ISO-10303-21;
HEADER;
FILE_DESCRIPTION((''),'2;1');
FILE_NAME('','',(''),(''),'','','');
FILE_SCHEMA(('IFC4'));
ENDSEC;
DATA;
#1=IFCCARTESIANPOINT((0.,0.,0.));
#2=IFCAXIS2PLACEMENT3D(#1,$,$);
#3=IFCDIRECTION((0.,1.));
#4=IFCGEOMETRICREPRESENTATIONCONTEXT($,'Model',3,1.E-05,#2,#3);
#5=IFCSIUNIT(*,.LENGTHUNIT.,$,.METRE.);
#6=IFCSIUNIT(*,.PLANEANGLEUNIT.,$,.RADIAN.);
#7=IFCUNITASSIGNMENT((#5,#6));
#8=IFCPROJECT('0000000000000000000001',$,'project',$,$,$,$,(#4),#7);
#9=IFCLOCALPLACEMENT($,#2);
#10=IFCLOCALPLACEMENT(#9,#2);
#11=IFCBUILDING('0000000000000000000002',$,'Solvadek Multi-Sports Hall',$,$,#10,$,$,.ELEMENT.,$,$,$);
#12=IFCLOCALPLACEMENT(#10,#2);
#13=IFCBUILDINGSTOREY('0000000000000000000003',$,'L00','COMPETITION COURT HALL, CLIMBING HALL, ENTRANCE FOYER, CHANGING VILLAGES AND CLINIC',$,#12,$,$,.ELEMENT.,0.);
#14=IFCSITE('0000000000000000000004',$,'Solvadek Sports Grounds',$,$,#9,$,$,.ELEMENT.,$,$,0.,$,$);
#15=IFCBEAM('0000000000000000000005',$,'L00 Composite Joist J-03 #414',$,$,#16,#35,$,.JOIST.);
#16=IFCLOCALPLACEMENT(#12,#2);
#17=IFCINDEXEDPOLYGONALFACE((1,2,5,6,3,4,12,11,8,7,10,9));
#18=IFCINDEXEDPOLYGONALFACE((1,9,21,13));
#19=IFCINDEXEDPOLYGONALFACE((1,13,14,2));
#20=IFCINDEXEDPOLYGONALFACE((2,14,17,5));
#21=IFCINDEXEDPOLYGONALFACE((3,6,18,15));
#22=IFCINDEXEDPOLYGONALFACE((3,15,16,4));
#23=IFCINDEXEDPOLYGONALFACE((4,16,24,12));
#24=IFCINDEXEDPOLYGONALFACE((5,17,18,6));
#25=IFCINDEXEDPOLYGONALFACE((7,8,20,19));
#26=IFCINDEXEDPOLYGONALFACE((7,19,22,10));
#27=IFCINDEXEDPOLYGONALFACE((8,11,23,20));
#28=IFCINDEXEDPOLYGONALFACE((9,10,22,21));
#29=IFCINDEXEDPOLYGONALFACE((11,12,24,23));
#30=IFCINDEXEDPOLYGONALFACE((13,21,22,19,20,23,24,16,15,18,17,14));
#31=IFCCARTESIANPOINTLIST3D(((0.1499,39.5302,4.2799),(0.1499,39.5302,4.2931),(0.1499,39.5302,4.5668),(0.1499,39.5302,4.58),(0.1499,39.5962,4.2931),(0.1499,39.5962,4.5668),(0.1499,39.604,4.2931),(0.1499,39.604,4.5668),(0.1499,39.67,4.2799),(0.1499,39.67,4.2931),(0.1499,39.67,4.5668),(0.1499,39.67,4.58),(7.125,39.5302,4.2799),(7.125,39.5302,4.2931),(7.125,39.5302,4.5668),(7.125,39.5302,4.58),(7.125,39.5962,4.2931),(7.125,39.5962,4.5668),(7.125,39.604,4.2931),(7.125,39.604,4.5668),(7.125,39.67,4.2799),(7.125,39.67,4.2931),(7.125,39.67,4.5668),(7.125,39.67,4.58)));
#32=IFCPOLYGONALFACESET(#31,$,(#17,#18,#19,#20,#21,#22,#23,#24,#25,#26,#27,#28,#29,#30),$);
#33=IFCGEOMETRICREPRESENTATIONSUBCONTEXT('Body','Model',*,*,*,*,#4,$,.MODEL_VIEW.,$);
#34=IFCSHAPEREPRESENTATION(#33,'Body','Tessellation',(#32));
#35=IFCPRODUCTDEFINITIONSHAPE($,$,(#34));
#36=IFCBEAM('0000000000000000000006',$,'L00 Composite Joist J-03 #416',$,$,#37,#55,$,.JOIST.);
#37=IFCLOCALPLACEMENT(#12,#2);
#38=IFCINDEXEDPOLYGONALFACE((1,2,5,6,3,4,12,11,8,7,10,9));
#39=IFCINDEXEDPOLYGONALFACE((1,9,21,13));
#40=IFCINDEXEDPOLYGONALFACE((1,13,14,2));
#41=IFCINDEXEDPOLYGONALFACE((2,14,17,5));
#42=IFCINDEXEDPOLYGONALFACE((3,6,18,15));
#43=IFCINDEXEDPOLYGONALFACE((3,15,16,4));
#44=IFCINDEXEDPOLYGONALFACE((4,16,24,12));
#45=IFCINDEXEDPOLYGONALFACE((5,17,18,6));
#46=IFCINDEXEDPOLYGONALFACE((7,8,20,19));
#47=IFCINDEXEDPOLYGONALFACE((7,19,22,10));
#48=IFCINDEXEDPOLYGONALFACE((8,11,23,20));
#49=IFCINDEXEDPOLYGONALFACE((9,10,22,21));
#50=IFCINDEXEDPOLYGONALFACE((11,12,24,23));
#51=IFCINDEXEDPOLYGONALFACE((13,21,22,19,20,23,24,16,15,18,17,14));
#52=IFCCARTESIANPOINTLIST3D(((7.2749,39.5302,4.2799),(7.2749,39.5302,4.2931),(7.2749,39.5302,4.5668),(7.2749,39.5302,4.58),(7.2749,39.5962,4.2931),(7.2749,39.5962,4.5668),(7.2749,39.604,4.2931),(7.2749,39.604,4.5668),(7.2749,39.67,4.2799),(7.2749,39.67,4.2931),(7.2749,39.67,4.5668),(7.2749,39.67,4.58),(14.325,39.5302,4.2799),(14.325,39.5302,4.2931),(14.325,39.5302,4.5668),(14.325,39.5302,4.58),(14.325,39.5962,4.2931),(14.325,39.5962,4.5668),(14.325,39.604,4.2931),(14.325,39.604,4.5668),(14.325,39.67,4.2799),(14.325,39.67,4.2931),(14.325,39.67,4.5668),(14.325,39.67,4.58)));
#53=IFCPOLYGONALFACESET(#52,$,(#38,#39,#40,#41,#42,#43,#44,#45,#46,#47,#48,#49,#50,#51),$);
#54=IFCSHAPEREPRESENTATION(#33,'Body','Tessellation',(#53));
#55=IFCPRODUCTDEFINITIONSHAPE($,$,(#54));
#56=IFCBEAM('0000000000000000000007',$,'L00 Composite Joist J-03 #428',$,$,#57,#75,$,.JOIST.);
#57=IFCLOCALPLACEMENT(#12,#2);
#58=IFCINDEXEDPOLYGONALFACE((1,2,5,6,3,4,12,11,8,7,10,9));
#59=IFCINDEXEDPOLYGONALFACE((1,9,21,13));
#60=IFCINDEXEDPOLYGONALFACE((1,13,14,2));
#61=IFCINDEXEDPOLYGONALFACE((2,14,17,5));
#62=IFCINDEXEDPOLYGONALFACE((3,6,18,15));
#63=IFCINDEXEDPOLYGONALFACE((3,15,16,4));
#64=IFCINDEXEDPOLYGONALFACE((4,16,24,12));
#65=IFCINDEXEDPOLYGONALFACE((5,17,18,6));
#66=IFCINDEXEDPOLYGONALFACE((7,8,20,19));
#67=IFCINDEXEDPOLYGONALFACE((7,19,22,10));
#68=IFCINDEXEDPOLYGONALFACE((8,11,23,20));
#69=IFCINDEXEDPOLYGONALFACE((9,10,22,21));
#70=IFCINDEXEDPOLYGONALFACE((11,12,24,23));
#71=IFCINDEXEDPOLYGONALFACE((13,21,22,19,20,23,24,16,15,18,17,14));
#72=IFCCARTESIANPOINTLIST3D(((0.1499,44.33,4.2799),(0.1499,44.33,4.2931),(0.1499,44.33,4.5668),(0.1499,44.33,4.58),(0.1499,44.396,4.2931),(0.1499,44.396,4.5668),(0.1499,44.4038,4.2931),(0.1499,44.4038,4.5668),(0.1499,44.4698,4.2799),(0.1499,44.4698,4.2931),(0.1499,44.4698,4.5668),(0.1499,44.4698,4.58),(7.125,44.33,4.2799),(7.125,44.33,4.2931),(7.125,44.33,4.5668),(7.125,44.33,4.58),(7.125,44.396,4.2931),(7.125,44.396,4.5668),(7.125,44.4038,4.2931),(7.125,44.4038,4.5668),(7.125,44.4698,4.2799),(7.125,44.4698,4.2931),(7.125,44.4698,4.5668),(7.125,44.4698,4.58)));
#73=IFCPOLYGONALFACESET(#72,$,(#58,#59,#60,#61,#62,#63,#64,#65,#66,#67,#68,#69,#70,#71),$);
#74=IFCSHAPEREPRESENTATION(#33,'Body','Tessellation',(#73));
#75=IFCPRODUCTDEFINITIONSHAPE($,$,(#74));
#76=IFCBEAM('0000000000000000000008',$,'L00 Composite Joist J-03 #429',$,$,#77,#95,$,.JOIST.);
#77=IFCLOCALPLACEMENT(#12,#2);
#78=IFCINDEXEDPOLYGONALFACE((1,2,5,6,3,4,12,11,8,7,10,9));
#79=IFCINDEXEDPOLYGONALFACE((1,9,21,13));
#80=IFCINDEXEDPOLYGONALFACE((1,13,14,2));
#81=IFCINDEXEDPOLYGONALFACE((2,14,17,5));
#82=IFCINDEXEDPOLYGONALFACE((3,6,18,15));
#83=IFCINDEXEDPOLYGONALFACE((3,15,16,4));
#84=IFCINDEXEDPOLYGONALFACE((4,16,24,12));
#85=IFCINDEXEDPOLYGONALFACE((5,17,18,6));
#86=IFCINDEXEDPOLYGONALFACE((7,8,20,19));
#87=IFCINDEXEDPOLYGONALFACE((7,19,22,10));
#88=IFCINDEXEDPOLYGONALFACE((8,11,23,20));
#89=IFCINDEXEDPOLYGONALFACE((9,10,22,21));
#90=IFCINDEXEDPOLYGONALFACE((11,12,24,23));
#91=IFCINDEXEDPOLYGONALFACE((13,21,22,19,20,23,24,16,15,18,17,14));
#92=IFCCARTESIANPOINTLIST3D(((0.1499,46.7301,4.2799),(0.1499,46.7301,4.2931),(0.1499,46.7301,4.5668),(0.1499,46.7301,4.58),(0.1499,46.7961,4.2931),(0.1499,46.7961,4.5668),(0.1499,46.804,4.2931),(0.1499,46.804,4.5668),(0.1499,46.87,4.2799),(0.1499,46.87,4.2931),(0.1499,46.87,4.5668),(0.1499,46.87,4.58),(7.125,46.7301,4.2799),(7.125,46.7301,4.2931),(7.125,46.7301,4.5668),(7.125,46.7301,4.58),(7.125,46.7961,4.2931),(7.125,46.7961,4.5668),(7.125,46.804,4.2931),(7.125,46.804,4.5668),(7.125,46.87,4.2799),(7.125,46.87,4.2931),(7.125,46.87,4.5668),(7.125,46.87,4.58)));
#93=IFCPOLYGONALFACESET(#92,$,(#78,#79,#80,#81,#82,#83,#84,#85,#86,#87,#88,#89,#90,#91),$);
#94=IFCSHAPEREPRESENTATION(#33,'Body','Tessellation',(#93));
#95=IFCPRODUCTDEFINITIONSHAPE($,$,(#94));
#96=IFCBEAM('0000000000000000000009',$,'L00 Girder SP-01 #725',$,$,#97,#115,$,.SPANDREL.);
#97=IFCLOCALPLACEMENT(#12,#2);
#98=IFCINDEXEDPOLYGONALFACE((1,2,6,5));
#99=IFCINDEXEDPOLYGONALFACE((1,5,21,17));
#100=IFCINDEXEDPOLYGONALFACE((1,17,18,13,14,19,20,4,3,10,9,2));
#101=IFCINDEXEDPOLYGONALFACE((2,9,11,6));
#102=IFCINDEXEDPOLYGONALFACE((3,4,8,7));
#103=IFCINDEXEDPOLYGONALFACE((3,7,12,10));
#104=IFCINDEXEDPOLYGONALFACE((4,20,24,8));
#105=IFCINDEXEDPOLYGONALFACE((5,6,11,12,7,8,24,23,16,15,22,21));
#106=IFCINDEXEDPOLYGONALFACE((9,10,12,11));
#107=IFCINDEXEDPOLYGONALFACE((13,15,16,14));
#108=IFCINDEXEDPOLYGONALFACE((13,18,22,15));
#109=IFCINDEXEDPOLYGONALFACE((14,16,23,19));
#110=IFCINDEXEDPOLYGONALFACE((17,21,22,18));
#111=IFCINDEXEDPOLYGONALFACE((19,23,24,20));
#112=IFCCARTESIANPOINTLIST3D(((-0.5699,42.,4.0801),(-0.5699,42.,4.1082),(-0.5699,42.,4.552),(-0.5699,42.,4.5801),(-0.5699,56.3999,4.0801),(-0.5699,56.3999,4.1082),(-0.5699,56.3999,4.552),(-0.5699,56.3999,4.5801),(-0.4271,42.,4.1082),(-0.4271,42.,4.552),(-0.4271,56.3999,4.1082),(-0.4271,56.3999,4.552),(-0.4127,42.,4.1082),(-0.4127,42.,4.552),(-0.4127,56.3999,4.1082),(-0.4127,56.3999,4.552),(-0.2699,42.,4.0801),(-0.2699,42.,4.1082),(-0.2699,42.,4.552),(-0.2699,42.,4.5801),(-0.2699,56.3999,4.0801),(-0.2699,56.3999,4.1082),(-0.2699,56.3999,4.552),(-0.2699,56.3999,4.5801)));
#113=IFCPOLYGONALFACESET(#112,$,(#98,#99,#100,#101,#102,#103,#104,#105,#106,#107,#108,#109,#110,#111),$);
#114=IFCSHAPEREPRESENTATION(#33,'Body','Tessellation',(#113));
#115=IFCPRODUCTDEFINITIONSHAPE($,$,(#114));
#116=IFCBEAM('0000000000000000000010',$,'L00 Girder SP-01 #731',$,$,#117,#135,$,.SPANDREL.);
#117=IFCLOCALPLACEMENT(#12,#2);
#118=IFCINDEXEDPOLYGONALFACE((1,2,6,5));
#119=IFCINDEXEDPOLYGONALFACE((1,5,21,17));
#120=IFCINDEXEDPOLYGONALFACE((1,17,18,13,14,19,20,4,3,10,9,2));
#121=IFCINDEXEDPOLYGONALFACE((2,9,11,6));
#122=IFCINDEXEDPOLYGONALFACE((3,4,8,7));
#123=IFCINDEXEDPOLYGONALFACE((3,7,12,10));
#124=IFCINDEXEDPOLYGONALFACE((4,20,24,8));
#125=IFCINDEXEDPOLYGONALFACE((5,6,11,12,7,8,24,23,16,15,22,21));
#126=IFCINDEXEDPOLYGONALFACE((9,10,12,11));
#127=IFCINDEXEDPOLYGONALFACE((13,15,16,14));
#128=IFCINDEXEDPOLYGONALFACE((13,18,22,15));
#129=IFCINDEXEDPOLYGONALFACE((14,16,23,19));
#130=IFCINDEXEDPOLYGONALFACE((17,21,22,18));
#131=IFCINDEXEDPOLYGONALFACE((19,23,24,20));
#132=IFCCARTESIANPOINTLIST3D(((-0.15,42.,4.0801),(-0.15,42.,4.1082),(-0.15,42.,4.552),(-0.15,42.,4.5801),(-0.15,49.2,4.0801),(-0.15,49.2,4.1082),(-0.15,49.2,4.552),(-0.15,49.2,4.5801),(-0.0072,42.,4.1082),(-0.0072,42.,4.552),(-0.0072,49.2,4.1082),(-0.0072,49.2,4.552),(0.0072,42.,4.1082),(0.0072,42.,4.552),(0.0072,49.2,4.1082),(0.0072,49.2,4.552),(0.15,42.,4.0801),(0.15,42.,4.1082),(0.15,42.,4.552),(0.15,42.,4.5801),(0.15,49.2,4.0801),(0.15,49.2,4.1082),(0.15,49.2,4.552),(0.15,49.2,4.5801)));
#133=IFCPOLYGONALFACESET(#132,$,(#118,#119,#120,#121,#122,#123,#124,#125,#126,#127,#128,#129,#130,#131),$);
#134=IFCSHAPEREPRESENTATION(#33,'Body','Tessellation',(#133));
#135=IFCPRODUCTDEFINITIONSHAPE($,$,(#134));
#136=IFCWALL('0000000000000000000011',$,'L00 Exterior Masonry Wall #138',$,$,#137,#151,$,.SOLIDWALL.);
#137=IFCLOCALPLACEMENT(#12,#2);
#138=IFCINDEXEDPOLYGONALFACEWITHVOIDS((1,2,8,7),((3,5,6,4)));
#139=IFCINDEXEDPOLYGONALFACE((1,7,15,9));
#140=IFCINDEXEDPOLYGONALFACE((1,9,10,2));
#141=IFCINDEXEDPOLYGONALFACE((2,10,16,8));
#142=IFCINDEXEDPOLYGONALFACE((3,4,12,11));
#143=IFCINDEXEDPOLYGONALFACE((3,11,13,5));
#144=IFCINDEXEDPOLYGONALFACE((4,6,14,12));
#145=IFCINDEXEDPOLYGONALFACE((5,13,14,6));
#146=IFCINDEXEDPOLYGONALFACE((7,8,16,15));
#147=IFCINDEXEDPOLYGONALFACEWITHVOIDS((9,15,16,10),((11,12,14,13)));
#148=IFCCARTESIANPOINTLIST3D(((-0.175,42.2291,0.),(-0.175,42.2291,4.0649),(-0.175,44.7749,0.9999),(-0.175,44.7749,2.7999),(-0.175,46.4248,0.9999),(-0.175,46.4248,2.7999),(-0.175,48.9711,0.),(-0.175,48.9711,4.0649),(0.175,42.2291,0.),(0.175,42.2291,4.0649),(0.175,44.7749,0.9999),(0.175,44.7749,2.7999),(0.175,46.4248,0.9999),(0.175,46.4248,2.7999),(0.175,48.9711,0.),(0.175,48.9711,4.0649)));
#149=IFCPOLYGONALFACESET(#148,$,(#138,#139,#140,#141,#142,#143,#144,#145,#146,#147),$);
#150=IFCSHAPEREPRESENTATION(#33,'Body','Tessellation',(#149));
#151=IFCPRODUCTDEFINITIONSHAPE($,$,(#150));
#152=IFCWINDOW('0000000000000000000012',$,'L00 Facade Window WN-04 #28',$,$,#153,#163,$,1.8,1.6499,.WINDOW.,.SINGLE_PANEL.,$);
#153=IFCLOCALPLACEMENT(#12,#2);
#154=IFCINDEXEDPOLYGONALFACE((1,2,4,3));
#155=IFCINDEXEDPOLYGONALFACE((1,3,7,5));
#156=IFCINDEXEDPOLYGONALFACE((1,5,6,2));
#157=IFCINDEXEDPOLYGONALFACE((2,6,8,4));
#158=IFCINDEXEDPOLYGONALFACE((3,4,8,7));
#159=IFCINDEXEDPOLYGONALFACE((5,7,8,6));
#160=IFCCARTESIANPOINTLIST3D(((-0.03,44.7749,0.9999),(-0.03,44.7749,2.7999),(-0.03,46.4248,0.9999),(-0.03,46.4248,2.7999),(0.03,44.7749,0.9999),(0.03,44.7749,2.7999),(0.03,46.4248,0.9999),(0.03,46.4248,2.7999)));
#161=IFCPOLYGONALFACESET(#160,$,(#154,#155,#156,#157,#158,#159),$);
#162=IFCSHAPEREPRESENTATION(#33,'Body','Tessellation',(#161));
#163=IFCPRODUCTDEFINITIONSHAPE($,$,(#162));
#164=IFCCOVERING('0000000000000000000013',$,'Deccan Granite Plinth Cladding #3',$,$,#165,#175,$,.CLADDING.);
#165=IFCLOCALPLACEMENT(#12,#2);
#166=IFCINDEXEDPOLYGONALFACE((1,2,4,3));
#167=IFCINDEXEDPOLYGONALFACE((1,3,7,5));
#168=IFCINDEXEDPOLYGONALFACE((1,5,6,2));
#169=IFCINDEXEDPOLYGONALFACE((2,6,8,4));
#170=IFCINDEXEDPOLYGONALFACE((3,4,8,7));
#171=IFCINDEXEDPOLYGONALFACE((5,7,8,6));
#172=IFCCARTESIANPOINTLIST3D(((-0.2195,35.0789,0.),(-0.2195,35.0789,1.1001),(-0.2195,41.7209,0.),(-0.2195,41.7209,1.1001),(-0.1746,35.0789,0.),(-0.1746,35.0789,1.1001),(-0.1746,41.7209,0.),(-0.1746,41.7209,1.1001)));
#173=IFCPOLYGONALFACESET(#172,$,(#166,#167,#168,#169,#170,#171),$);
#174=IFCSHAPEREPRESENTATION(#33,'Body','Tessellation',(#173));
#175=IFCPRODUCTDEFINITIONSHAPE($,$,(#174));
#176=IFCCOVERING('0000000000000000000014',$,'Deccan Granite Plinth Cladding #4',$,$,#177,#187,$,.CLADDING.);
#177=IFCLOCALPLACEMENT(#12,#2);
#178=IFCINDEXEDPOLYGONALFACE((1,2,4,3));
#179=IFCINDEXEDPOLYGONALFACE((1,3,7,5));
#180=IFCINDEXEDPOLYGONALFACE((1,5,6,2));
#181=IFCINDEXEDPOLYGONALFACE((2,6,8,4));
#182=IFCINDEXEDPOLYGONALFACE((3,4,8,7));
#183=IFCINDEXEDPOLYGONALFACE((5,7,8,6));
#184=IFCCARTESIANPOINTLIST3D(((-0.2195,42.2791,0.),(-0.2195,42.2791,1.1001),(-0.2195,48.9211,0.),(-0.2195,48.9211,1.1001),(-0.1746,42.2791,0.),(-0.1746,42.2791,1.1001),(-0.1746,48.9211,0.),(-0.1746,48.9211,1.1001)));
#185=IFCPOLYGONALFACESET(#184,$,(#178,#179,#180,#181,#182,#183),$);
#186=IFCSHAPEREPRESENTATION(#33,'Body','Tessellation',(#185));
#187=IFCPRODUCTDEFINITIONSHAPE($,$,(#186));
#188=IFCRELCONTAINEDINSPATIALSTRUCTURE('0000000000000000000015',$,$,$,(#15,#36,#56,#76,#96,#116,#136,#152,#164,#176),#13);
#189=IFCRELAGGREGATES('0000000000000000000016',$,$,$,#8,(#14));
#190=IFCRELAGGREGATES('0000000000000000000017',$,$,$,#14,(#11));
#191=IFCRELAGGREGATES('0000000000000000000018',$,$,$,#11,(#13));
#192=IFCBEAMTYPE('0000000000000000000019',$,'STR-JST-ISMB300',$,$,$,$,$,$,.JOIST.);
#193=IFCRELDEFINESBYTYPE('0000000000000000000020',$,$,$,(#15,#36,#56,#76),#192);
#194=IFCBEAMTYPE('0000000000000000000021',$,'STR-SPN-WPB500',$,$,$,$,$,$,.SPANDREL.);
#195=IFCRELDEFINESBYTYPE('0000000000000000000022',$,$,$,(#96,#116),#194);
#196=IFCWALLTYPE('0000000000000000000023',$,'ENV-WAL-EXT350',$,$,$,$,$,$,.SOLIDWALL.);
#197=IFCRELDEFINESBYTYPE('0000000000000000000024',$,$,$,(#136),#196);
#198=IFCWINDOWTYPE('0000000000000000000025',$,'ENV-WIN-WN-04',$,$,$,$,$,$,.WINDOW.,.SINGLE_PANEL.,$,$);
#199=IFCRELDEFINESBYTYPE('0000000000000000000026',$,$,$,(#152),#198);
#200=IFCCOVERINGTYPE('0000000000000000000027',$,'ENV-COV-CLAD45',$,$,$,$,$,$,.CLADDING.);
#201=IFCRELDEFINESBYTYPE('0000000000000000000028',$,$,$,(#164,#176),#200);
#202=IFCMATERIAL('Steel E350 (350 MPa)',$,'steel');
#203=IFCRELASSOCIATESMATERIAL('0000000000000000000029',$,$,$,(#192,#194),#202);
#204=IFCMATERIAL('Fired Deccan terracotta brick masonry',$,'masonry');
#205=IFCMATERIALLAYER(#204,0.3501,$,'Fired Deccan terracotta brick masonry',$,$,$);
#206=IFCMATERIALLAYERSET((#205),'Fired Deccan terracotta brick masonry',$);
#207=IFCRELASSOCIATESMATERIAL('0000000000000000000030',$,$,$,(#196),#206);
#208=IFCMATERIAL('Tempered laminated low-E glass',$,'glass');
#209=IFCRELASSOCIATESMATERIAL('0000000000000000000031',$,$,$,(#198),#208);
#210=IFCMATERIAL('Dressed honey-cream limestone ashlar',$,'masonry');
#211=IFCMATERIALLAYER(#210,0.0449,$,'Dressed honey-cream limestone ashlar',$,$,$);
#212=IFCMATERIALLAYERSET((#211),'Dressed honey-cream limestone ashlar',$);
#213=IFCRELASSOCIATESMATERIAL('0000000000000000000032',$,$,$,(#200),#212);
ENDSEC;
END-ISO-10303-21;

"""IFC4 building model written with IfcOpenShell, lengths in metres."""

from ifc_helpers import new_model, si_unit, direction, frame, frame_2d, origin, origin_2d, place, context, subcontext, project, spatial, rectangle, i_section, extrude, material, layer, layer_set, material_profile, profile_set, type_object, element, fill, save


model = new_model("IFC4")

# Units and contexts
model_context = context("Model", 3, precision=1e-05, world=origin(), true_north=direction((0.0, 1.0)))
body_context = subcontext(model_context, "Body", "Model", "MODEL_VIEW")
ifc_project = project(units=[si_unit("LENGTHUNIT", "METRE"), si_unit("PLANEANGLEUNIT", "RADIAN")], contexts=[model_context])

# Site, building, storey
site_placement = place(None, origin())
site = spatial("IfcSite", under=ifc_project, at=site_placement, Name="Solvadek Sports Grounds", CompositionType="ELEMENT", RefElevation=0.0)
building_placement = place(site_placement, origin())
building = spatial("IfcBuilding", under=site, at=building_placement, Name="Solvadek Multi-Sports Hall", CompositionType="ELEMENT")
storey_placement = place(building_placement, origin())
storey = spatial("IfcBuildingStorey", under=building, at=storey_placement, Name="L00", Description="COMPETITION COURT HALL, CLIMBING HALL, ENTRANCE FOYER, CHANGING VILLAGES AND CLINIC", CompositionType="ELEMENT", Elevation=0.0)

# Shared definitions
ifc_material_1 = material(Name="Steel E350 (350 MPa)", Category="steel")

# Beams
ifc_material_profile_1 = material_profile(ifc_material_1, i_section(OverallWidth=0.1399, OverallDepth=0.3, WebThickness=0.0078, FlangeThickness=0.0132, at=origin_2d()), Name="ISMB 300")
ifc_profile_set_1 = profile_set([ifc_material_profile_1], Name="Steel E350 (350 MPa)")
beam_type_1 = type_object("IfcBeamType", Name="STR-JST-ISMB300", PredefinedType="JOIST", material=ifc_profile_set_1)
beam_1_placement = place(storey_placement, frame((0.1499, 39.6001, 4.4299), z_axis=(1.0, 0.0, 0.0), x_axis=(0.0, 1.0, 0.0)))
element("IfcBeam", 1, at=beam_1_placement, inside=storey, type_object=beam_type_1, Name="L00 Composite Joist J-03 #414", PredefinedType="JOIST", context=body_context, shape_type="SweptSolid", body=[
    extrude(i_section(OverallWidth=0.1399, OverallDepth=0.3, WebThickness=0.0078, FlangeThickness=0.0132, at=origin_2d()), origin(), (0.0, 0.0, 1.0), 6.9751),
])
beam_2_placement = place(storey_placement, frame((7.2749, 39.6001, 4.4299), z_axis=(1.0, 0.0, 0.0), x_axis=(0.0, 1.0, 0.0)))
element("IfcBeam", 2, at=beam_2_placement, inside=storey, type_object=beam_type_1, Name="L00 Composite Joist J-03 #416", PredefinedType="JOIST", context=body_context, shape_type="SweptSolid", body=[
    extrude(i_section(OverallWidth=0.1399, OverallDepth=0.3, WebThickness=0.0078, FlangeThickness=0.0132, at=origin_2d()), origin(), (0.0, 0.0, 1.0), 7.05),
])
for number, where, z_axis, x_axis, name in (
    (3, (0.1499, 44.3999, 4.4299), (1.0, 0.0, 0.0), (0.0, 1.0, 0.0), "L00 Composite Joist J-03 #428"),
    (4, (0.1499, 46.8, 4.4299), (1.0, 0.0, 0.0), (0.0, 1.0, 0.0), "L00 Composite Joist J-03 #429"),
):
    element("IfcBeam", number, at=place(storey_placement, frame(where, z_axis=z_axis, x_axis=x_axis)), inside=storey, type_object=beam_type_1, Name=name, PredefinedType="JOIST", context=body_context, shape_type="SweptSolid", body=[
        extrude(i_section(OverallWidth=0.1399, OverallDepth=0.3, WebThickness=0.0078, FlangeThickness=0.0132, at=origin_2d()), origin(), (0.0, 0.0, 1.0), 6.9751),
    ])
ifc_material_profile_2 = material_profile(ifc_material_1, i_section(OverallWidth=0.3, OverallDepth=0.5, WebThickness=0.0144, FlangeThickness=0.0281, at=origin_2d()), Name="WPB 500")
ifc_profile_set_2 = profile_set([ifc_material_profile_2], Name="Steel E350 (350 MPa)")
beam_type_2 = type_object("IfcBeamType", Name="STR-SPN-WPB500", PredefinedType="SPANDREL", material=ifc_profile_set_2)
beam_3_placement = place(storey_placement, frame((-0.4199, 42.0, 4.3301), z_axis=(0.0, 1.0, 0.0), x_axis=(-1.0, 0.0, 0.0)))
element("IfcBeam", 5, at=beam_3_placement, inside=storey, type_object=beam_type_2, Name="L00 Girder SP-01 #725", PredefinedType="SPANDREL", context=body_context, shape_type="SweptSolid", body=[
    extrude(i_section(OverallWidth=0.3, OverallDepth=0.5, WebThickness=0.0144, FlangeThickness=0.0281, at=origin_2d()), origin(), (0.0, 0.0, 1.0), 14.3999),
])
beam_4_placement = place(storey_placement, frame((0.0, 42.0, 4.3301), z_axis=(0.0, 1.0, 0.0), x_axis=(-1.0, 0.0, 0.0)))
element("IfcBeam", 6, at=beam_4_placement, inside=storey, type_object=beam_type_2, Name="L00 Girder SP-01 #731", PredefinedType="SPANDREL", context=body_context, shape_type="SweptSolid", body=[
    extrude(i_section(OverallWidth=0.3, OverallDepth=0.5, WebThickness=0.0144, FlangeThickness=0.0281, at=origin_2d()), origin(), (0.0, 0.0, 1.0), 7.2),
])

# Wall, opening, window
ifc_material_2 = material(Name="Fired Deccan terracotta brick masonry", Category="masonry")
ifc_layer_1 = layer(ifc_material_2, 0.3501, Name="Fired Deccan terracotta brick masonry")
ifc_layer_set_1 = layer_set([ifc_layer_1], Name="Fired Deccan terracotta brick masonry")
wall_type = type_object("IfcWallType", Name="ENV-WAL-EXT350", PredefinedType="SOLIDWALL", material=ifc_layer_set_1)
wall_placement = place(storey_placement, frame((0.0, 42.229, 0.0), z_axis=(0.0, 0.0, 1.0), x_axis=(0.0, 1.0, 0.0)))
wall = element("IfcWall", 7, at=wall_placement, inside=storey, type_object=wall_type, Name="L00 Exterior Masonry Wall #138", PredefinedType="SOLIDWALL", context=body_context, shape_type="SweptSolid", body=[
    extrude(rectangle(XDim=6.7419, YDim=0.3501, at=frame_2d((3.3711, 0.0))), origin(), (0.0, 0.0, 1.0), 4.0649),
])
opening_placement = place(wall_placement, frame((2.5459, 0.0, 1.0)))
opening = element("IfcOpeningElement", 8, at=opening_placement, cuts=wall, PredefinedType="OPENING", context=body_context, shape_type="SweptSolid", body=[
    extrude(rectangle(XDim=1.6499, YDim=1.8, at=frame_2d((0.825, 0.8999))), frame((0.0, 0.1851, 0.0), z_axis=(0.0, -1.0, 0.0), x_axis=(1.0, 0.0, 0.0)), (0.0, 0.0, 1.0), 0.3701),
])
ifc_material_3 = material(Name="Tempered laminated low-E glass", Category="glass")
window_type = type_object("IfcWindowType", Name="ENV-WIN-WN-04", PartitioningType="SINGLE_PANEL", PredefinedType="WINDOW", material=ifc_material_3)
window_placement = place(opening_placement, origin())
window = element("IfcWindow", 9, at=window_placement, inside=storey, type_object=window_type, Name="L00 Facade Window WN-04 #28", OverallHeight=1.8, OverallWidth=1.6499, PartitioningType="SINGLE_PANEL", PredefinedType="WINDOW", context=body_context, shape_type="SweptSolid", body=[
    extrude(rectangle(XDim=1.6499, YDim=1.8, at=frame_2d((0.825, 0.8999))), frame((0.0, 0.03, 0.0), z_axis=(0.0, -1.0, 0.0), x_axis=(1.0, 0.0, 0.0)), (0.0, 0.0, 1.0), 0.0601),
])
fill(opening, window)

# Coverings
ifc_material_4 = material(Name="Dressed honey-cream limestone ashlar", Category="masonry")
ifc_layer_2 = layer(ifc_material_4, 0.0449, Name="Dressed honey-cream limestone ashlar")
ifc_layer_set_2 = layer_set([ifc_layer_2], Name="Dressed honey-cream limestone ashlar")
covering_type = type_object("IfcCoveringType", Name="ENV-COV-CLAD45", PredefinedType="CLADDING", material=ifc_layer_set_2)
for number, where, z_axis, x_axis, name in (
    (10, (-0.197, 38.3999, 0.0), (0.0, 0.0, 1.0), (0.0, 1.0, 0.0), "Deccan Granite Plinth Cladding #3"),
    (11, (-0.197, 45.6001, 0.0), (0.0, 0.0, 1.0), (0.0, 1.0, 0.0), "Deccan Granite Plinth Cladding #4"),
):
    element("IfcCovering", number, at=place(storey_placement, frame(where, z_axis=z_axis, x_axis=x_axis)), inside=storey, type_object=covering_type, Name=name, PredefinedType="CLADDING", context=body_context, shape_type="SweptSolid", body=[
        extrude(rectangle(XDim=6.6421, YDim=0.0449, at=origin_2d()), origin(), (0.0, 0.0, 1.0), 1.1001),
    ])

save(model, "model.ifc")
